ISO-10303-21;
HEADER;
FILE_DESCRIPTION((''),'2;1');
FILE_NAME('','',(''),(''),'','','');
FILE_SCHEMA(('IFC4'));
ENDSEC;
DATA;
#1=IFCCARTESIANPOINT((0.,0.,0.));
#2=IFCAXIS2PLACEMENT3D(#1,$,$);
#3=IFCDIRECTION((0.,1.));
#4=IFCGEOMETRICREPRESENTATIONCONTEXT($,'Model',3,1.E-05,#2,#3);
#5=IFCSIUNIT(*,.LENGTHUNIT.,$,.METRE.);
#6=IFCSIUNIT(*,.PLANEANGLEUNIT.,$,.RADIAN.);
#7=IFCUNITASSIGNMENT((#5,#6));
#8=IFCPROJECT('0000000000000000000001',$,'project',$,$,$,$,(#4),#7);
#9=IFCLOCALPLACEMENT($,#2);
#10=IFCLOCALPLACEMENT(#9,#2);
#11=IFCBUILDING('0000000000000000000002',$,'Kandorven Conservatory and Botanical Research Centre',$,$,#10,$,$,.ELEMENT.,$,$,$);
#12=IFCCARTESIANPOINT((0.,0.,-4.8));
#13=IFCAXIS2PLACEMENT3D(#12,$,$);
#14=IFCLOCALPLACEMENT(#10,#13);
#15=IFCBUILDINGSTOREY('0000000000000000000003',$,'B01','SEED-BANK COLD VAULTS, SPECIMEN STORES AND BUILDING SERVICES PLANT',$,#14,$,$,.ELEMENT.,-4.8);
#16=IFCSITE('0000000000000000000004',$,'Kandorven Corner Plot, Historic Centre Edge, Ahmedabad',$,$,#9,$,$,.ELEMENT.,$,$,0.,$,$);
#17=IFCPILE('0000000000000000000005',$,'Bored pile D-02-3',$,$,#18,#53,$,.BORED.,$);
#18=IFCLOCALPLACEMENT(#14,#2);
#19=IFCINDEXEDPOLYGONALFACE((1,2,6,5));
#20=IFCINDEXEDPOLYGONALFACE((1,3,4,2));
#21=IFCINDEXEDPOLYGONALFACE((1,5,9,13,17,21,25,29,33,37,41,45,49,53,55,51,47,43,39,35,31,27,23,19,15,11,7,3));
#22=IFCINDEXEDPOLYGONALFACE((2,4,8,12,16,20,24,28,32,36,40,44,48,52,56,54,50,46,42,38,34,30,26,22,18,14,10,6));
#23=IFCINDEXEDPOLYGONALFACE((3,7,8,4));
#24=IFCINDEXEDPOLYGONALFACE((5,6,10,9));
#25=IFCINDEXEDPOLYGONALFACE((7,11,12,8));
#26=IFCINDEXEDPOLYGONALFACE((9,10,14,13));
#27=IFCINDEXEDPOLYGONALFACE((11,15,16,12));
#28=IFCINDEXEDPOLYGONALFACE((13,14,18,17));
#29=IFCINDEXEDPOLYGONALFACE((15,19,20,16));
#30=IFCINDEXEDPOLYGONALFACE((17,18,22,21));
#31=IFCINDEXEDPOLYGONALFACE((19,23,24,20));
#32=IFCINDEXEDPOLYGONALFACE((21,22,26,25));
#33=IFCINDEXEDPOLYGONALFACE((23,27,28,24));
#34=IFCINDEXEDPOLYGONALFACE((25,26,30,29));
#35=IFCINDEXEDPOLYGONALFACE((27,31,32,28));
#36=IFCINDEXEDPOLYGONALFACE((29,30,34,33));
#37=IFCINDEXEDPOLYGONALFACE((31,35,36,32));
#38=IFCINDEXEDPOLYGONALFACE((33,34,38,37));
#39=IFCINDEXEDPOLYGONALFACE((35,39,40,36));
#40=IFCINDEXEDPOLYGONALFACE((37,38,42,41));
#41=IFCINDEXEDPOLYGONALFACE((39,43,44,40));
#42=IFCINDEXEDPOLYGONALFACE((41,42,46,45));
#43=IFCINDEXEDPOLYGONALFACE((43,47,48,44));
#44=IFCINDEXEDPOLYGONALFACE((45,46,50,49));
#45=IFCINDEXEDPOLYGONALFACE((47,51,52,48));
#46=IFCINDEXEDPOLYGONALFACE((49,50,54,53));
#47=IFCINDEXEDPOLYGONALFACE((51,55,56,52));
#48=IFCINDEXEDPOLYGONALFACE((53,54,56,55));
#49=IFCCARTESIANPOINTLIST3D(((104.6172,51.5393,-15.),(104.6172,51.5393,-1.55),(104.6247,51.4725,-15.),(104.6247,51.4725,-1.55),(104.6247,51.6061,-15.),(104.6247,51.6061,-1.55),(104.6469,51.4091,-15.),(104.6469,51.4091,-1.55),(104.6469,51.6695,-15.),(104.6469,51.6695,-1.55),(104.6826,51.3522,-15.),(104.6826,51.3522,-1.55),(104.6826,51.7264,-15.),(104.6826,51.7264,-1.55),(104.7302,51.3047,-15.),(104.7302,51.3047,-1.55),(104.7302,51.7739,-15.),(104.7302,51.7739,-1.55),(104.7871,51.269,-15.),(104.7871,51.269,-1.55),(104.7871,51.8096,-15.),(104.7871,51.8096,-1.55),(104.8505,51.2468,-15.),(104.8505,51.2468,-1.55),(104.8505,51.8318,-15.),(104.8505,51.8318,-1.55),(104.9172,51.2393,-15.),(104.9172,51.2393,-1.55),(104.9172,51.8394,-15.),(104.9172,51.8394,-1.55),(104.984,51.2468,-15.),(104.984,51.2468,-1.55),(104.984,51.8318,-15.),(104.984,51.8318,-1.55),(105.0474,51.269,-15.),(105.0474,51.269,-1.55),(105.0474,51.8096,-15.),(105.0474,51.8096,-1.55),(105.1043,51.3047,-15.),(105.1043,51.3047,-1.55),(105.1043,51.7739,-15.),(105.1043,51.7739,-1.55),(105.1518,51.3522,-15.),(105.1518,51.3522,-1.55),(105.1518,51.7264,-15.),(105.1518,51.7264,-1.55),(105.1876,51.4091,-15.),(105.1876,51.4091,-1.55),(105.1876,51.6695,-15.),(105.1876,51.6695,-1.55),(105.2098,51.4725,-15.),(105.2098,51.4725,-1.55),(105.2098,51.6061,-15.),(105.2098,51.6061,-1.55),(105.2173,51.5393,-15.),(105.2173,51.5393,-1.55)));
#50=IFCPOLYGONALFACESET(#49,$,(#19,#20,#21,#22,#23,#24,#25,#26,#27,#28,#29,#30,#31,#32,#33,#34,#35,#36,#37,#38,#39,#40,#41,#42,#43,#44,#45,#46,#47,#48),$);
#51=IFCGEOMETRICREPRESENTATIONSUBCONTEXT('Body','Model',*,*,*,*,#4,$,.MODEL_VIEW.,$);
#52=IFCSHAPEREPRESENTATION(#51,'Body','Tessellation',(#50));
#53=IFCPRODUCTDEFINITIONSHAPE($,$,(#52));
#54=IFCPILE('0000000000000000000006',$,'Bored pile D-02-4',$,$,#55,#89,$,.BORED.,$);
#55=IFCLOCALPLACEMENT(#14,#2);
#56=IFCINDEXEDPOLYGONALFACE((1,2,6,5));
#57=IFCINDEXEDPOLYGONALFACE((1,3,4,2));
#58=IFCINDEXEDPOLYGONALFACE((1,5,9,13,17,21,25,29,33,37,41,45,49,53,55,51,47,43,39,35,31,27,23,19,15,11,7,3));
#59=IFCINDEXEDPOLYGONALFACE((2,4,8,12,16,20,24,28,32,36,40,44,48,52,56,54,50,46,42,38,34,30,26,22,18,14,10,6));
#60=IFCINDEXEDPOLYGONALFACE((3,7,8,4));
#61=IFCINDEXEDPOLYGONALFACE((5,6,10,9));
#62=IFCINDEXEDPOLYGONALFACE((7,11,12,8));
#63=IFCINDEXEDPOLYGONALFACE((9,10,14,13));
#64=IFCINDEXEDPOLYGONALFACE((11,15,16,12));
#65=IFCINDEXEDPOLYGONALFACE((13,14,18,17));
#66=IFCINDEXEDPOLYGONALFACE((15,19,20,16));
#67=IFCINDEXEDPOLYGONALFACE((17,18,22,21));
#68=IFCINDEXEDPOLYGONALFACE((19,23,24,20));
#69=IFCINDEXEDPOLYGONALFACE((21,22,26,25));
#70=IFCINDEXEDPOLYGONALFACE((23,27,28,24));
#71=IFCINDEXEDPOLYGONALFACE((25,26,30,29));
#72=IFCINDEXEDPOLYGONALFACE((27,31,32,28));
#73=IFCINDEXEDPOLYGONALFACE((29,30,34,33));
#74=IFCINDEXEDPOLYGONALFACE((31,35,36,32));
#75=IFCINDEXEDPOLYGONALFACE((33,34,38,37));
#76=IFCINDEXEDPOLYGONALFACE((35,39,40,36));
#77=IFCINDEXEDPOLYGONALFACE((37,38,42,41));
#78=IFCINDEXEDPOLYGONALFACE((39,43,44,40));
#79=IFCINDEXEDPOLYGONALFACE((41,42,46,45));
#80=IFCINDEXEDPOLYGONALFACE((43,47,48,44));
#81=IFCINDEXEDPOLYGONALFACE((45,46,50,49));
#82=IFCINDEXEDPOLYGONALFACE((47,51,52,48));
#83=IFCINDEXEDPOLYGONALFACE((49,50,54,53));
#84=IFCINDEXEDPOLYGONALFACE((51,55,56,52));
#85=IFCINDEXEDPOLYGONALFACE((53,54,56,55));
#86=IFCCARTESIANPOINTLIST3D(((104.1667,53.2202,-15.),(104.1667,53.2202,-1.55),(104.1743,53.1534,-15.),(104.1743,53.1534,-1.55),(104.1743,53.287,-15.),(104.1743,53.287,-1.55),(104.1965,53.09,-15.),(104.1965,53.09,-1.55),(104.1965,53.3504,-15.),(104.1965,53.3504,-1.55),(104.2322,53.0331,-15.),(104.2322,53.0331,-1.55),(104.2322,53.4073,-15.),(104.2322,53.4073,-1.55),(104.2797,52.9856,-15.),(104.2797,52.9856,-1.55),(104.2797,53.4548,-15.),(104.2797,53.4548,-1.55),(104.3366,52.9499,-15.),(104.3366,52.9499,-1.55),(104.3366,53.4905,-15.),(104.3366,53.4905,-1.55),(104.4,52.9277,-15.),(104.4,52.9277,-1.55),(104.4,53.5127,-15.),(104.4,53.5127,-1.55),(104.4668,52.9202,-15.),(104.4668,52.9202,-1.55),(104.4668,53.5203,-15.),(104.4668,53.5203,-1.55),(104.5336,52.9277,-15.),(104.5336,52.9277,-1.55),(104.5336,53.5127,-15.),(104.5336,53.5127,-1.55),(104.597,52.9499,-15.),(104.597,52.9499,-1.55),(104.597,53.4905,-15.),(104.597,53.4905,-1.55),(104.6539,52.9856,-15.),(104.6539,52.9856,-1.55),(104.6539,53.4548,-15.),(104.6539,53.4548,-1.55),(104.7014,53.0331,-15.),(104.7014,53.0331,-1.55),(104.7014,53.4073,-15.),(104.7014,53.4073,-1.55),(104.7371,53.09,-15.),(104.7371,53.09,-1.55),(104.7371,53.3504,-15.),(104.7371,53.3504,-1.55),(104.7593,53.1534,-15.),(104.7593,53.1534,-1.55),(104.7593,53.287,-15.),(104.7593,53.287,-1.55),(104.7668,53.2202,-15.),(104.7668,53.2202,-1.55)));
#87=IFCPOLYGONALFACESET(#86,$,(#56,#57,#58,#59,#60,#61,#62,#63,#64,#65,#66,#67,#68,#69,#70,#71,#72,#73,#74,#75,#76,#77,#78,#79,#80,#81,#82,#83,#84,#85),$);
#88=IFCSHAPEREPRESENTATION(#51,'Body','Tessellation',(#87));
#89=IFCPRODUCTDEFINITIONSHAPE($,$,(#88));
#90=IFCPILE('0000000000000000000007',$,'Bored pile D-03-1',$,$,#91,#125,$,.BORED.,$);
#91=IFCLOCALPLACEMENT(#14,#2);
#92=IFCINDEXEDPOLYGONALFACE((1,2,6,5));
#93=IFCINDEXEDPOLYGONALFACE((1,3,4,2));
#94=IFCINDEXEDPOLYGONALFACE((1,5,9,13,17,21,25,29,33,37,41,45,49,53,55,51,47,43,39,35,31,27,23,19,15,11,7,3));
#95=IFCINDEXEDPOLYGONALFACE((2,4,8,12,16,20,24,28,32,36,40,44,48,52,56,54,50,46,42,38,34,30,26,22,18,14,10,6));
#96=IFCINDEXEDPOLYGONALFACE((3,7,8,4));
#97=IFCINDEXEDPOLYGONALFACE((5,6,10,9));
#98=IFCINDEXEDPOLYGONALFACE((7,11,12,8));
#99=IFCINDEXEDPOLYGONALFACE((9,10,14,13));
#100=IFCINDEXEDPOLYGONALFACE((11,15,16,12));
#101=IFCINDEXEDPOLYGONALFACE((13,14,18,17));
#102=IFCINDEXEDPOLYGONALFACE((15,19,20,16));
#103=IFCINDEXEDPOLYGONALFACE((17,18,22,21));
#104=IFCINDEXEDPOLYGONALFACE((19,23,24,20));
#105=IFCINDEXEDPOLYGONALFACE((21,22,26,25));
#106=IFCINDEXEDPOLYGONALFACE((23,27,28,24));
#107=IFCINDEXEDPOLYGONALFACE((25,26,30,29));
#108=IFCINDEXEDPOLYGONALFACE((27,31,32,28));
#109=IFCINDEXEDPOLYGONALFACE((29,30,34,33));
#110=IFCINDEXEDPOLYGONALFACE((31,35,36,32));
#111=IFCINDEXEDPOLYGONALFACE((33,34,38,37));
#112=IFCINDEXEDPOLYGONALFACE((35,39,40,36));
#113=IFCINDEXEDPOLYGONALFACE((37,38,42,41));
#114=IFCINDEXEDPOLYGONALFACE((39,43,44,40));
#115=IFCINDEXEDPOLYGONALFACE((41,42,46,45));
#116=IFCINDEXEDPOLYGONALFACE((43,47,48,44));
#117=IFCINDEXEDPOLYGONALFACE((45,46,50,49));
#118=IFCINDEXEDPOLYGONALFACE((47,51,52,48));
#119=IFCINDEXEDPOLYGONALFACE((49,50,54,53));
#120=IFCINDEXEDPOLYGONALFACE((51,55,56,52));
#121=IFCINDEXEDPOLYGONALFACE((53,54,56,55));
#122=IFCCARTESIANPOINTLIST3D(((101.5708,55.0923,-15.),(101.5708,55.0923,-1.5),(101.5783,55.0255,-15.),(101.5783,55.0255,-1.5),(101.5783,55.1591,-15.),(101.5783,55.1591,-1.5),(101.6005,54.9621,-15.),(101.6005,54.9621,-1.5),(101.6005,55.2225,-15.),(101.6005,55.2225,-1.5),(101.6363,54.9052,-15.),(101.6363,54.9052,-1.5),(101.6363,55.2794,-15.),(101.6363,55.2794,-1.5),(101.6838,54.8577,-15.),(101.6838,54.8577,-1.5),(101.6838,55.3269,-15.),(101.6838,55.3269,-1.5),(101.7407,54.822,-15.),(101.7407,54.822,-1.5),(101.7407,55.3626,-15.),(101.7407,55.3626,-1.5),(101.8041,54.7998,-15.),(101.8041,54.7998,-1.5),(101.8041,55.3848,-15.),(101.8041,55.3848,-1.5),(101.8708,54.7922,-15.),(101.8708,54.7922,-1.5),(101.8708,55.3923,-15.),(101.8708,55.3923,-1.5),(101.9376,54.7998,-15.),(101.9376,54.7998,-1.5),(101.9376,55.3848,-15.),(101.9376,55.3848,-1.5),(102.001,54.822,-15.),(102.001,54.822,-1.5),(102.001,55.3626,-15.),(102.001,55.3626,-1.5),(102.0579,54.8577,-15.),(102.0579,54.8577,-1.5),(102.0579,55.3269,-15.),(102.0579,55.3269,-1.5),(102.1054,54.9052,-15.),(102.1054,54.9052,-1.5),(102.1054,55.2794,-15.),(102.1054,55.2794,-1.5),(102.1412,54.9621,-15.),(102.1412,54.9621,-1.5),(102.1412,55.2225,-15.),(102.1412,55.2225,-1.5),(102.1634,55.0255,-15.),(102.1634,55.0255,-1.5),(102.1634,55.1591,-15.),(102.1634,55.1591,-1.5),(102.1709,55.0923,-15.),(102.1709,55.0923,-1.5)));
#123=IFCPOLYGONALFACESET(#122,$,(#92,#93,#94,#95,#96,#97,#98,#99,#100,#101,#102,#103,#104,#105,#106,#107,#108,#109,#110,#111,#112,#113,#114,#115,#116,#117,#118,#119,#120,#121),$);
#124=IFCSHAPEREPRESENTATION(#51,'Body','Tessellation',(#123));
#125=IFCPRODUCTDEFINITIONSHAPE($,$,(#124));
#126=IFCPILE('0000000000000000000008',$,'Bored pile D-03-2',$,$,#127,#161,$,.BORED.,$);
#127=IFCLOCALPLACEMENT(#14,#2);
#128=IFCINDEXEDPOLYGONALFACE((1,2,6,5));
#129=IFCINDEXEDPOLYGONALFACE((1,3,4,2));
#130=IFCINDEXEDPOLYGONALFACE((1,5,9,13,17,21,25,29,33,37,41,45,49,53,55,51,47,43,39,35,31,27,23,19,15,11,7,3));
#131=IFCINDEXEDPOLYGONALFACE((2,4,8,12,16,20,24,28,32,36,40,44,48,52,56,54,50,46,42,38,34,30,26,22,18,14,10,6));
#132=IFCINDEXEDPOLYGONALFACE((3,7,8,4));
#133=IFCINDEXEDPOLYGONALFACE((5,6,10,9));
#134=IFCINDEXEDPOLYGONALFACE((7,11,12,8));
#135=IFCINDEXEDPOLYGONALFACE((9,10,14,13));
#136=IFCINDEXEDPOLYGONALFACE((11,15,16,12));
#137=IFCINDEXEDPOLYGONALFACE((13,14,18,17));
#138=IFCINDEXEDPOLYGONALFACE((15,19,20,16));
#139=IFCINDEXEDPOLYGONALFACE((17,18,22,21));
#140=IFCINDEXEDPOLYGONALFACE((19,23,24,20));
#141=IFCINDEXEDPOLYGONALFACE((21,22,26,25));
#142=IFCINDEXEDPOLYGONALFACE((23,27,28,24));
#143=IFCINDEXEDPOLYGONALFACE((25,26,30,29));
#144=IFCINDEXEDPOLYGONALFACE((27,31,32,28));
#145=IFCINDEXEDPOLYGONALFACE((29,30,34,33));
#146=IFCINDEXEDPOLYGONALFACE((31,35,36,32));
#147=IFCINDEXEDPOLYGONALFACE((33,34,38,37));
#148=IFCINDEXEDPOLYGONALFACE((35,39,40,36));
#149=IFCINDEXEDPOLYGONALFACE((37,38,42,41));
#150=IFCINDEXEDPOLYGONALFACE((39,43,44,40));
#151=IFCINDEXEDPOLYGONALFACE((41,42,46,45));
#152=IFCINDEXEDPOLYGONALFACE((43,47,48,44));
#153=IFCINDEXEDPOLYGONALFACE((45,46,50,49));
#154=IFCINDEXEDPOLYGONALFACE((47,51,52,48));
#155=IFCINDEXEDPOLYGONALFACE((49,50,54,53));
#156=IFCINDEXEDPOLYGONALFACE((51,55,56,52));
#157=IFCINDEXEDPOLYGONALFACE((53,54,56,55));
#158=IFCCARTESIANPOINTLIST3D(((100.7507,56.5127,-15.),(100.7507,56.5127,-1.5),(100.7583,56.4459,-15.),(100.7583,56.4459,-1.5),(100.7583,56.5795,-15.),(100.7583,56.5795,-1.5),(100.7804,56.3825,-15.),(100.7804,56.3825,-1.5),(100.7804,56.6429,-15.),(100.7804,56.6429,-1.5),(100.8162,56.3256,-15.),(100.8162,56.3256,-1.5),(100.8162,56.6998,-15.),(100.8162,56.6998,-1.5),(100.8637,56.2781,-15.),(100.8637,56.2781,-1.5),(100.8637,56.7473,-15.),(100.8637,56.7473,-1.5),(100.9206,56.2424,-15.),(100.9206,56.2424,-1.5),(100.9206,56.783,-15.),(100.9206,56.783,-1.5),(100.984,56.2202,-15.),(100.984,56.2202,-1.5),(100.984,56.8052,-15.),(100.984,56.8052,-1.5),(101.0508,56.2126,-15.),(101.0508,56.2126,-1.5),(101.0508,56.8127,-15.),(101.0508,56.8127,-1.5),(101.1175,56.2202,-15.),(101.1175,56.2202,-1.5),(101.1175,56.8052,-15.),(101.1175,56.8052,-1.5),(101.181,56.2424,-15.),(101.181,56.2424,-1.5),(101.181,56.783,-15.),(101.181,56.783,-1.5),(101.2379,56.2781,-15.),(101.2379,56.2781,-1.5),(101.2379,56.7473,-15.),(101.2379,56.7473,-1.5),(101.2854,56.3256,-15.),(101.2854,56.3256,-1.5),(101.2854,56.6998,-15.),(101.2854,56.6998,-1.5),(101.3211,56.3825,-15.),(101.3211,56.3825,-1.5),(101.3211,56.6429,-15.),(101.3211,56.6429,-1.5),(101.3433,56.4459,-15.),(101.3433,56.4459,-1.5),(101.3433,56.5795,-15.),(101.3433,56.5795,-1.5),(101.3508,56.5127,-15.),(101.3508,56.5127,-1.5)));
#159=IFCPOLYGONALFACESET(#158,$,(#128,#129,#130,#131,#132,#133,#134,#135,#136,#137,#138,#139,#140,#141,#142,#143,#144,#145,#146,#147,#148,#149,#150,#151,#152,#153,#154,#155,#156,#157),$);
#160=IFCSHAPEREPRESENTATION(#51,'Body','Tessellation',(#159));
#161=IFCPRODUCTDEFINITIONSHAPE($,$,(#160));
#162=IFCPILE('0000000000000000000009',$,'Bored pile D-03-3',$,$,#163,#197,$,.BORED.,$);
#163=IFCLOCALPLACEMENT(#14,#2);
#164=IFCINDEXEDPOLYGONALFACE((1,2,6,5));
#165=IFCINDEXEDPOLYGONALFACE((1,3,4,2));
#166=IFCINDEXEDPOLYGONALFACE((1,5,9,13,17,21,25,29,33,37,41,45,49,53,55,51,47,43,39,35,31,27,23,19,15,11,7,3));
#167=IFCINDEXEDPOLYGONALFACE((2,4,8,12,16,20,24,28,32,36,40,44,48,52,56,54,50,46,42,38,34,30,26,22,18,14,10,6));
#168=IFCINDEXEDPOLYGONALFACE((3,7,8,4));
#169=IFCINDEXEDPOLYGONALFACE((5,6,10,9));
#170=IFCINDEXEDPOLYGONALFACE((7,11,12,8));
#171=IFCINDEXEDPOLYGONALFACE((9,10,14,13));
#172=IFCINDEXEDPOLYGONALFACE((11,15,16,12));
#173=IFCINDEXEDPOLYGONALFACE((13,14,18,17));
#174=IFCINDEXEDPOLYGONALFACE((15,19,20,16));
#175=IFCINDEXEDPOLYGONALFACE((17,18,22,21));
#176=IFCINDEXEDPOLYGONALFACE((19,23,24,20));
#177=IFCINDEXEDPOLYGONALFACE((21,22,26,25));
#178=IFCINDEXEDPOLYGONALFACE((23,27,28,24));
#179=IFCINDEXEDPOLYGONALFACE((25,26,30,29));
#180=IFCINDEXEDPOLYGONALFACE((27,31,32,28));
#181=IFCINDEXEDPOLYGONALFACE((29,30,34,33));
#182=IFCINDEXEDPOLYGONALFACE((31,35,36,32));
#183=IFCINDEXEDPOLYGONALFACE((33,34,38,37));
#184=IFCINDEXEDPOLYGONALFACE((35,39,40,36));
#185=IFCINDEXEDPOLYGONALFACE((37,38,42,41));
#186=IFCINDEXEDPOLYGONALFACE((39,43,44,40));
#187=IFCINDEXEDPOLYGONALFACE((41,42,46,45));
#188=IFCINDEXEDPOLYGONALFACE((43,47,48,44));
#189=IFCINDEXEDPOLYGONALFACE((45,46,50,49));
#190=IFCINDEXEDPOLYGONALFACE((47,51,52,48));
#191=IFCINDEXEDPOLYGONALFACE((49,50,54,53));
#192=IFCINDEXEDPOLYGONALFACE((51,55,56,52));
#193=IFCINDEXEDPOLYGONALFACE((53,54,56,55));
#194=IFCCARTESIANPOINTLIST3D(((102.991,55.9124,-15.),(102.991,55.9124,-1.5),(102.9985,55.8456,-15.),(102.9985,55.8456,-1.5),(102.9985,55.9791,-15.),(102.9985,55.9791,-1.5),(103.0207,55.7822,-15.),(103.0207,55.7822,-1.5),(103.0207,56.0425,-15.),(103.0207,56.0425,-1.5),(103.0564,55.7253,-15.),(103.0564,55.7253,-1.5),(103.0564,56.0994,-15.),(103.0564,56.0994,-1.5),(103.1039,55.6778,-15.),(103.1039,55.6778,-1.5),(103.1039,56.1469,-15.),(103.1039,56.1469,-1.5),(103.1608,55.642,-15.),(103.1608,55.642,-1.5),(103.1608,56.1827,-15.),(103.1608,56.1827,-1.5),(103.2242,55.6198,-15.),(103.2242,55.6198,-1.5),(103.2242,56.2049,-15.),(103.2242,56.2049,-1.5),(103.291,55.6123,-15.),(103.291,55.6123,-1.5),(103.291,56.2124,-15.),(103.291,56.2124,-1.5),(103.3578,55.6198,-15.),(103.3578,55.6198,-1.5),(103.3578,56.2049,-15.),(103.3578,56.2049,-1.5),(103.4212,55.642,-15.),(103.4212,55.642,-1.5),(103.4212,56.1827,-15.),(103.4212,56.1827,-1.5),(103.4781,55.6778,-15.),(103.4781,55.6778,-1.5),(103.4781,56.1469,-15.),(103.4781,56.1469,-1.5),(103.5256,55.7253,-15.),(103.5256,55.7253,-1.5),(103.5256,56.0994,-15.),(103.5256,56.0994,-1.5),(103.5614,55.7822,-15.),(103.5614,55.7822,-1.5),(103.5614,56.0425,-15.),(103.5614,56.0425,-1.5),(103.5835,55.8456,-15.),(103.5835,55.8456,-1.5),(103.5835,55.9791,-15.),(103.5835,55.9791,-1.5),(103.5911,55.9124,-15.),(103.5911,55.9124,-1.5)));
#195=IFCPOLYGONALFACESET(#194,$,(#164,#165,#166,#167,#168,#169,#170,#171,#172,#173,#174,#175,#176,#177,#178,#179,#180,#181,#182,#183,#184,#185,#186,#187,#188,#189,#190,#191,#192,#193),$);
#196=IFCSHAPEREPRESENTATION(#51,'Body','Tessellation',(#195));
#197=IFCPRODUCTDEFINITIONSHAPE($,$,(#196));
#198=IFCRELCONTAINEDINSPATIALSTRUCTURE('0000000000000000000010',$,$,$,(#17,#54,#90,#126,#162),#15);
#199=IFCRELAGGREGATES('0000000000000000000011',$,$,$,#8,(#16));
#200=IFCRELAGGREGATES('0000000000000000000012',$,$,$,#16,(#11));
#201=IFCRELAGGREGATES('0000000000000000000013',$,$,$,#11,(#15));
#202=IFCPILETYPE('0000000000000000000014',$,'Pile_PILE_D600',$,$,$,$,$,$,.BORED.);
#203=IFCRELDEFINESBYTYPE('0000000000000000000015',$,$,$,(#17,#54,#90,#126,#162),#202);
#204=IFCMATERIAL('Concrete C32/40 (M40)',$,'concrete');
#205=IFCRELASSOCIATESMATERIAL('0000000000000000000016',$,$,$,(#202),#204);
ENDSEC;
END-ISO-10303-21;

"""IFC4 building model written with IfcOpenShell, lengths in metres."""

from ifc_helpers import new_model, si_unit, direction, frame, origin, origin_2d, place, context, subcontext, project, spatial, circle, extrude, material, material_profile, profile_set, type_object, element, save


model = new_model("IFC4")

# Units and contexts
model_context = context("Model", 3, precision=1e-05, world=origin(), true_north=direction((0.0, 1.0)))
body_context = subcontext(model_context, "Body", "Model", "MODEL_VIEW")
ifc_project = project(units=[si_unit("LENGTHUNIT", "METRE"), si_unit("PLANEANGLEUNIT", "RADIAN")], contexts=[model_context])

# Site, building, storey
site_placement = place(None, origin())
site = spatial("IfcSite", under=ifc_project, at=site_placement, Name="Kandorven Corner Plot, Historic Centre Edge, Ahmedabad", CompositionType="ELEMENT", RefElevation=0.0)
building_placement = place(site_placement, origin())
building = spatial("IfcBuilding", under=site, at=building_placement, Name="Kandorven Conservatory and Botanical Research Centre", CompositionType="ELEMENT")
storey_placement = place(building_placement, frame((0.0, 0.0, -4.8)))
storey = spatial("IfcBuildingStorey", under=building, at=storey_placement, Name="B01", Description="SEED-BANK COLD VAULTS, SPECIMEN STORES AND BUILDING SERVICES PLANT", CompositionType="ELEMENT", Elevation=-4.8)

# Piles
ifc_material_1 = material(Name="Concrete C32/40 (M40)", Category="concrete")
ifc_material_profile_1 = material_profile(ifc_material_1, circle(Radius=0.3, at=origin_2d()))
ifc_profile_set_1 = profile_set([ifc_material_profile_1], Name="Concrete C32/40 (M40)")
pile_type = type_object("IfcPileType", Name="Pile_PILE_D600", PredefinedType="BORED", material=ifc_profile_set_1)
for number, where, z_axis, x_axis, name in (
    (1, (104.9172, 51.5393, -1.55), (0.0, 0.0, -1.0), (1.0, 0.0, 0.0), "Bored pile D-02-3"),
    (2, (104.4668, 53.2202, -1.55), (0.0, 0.0, -1.0), (1.0, 0.0, 0.0), "Bored pile D-02-4"),
):
    element("IfcPile", number, at=place(storey_placement, frame(where, z_axis=z_axis, x_axis=x_axis)), inside=storey, type_object=pile_type, Name=name, PredefinedType="BORED", context=body_context, shape_type="SweptSolid", body=[
        extrude(circle(Radius=0.3, at=origin_2d()), origin(), (0.0, 0.0, 1.0), 13.45),
    ])
for number, where, z_axis, x_axis, name in (
    (3, (101.8708, 55.0923, -1.5), (0.0, 0.0, -1.0), (1.0, 0.0, 0.0), "Bored pile D-03-1"),
    (4, (101.0508, 56.5127, -1.5), (0.0, 0.0, -1.0), (1.0, 0.0, 0.0), "Bored pile D-03-2"),
    (5, (103.291, 55.9124, -1.5), (0.0, 0.0, -1.0), (1.0, 0.0, 0.0), "Bored pile D-03-3"),
):
    element("IfcPile", number, at=place(storey_placement, frame(where, z_axis=z_axis, x_axis=x_axis)), inside=storey, type_object=pile_type, Name=name, PredefinedType="BORED", context=body_context, shape_type="SweptSolid", body=[
        extrude(circle(Radius=0.3, at=origin_2d()), origin(), (0.0, 0.0, 1.0), 13.5),
    ])

save(model, "model.ifc")
